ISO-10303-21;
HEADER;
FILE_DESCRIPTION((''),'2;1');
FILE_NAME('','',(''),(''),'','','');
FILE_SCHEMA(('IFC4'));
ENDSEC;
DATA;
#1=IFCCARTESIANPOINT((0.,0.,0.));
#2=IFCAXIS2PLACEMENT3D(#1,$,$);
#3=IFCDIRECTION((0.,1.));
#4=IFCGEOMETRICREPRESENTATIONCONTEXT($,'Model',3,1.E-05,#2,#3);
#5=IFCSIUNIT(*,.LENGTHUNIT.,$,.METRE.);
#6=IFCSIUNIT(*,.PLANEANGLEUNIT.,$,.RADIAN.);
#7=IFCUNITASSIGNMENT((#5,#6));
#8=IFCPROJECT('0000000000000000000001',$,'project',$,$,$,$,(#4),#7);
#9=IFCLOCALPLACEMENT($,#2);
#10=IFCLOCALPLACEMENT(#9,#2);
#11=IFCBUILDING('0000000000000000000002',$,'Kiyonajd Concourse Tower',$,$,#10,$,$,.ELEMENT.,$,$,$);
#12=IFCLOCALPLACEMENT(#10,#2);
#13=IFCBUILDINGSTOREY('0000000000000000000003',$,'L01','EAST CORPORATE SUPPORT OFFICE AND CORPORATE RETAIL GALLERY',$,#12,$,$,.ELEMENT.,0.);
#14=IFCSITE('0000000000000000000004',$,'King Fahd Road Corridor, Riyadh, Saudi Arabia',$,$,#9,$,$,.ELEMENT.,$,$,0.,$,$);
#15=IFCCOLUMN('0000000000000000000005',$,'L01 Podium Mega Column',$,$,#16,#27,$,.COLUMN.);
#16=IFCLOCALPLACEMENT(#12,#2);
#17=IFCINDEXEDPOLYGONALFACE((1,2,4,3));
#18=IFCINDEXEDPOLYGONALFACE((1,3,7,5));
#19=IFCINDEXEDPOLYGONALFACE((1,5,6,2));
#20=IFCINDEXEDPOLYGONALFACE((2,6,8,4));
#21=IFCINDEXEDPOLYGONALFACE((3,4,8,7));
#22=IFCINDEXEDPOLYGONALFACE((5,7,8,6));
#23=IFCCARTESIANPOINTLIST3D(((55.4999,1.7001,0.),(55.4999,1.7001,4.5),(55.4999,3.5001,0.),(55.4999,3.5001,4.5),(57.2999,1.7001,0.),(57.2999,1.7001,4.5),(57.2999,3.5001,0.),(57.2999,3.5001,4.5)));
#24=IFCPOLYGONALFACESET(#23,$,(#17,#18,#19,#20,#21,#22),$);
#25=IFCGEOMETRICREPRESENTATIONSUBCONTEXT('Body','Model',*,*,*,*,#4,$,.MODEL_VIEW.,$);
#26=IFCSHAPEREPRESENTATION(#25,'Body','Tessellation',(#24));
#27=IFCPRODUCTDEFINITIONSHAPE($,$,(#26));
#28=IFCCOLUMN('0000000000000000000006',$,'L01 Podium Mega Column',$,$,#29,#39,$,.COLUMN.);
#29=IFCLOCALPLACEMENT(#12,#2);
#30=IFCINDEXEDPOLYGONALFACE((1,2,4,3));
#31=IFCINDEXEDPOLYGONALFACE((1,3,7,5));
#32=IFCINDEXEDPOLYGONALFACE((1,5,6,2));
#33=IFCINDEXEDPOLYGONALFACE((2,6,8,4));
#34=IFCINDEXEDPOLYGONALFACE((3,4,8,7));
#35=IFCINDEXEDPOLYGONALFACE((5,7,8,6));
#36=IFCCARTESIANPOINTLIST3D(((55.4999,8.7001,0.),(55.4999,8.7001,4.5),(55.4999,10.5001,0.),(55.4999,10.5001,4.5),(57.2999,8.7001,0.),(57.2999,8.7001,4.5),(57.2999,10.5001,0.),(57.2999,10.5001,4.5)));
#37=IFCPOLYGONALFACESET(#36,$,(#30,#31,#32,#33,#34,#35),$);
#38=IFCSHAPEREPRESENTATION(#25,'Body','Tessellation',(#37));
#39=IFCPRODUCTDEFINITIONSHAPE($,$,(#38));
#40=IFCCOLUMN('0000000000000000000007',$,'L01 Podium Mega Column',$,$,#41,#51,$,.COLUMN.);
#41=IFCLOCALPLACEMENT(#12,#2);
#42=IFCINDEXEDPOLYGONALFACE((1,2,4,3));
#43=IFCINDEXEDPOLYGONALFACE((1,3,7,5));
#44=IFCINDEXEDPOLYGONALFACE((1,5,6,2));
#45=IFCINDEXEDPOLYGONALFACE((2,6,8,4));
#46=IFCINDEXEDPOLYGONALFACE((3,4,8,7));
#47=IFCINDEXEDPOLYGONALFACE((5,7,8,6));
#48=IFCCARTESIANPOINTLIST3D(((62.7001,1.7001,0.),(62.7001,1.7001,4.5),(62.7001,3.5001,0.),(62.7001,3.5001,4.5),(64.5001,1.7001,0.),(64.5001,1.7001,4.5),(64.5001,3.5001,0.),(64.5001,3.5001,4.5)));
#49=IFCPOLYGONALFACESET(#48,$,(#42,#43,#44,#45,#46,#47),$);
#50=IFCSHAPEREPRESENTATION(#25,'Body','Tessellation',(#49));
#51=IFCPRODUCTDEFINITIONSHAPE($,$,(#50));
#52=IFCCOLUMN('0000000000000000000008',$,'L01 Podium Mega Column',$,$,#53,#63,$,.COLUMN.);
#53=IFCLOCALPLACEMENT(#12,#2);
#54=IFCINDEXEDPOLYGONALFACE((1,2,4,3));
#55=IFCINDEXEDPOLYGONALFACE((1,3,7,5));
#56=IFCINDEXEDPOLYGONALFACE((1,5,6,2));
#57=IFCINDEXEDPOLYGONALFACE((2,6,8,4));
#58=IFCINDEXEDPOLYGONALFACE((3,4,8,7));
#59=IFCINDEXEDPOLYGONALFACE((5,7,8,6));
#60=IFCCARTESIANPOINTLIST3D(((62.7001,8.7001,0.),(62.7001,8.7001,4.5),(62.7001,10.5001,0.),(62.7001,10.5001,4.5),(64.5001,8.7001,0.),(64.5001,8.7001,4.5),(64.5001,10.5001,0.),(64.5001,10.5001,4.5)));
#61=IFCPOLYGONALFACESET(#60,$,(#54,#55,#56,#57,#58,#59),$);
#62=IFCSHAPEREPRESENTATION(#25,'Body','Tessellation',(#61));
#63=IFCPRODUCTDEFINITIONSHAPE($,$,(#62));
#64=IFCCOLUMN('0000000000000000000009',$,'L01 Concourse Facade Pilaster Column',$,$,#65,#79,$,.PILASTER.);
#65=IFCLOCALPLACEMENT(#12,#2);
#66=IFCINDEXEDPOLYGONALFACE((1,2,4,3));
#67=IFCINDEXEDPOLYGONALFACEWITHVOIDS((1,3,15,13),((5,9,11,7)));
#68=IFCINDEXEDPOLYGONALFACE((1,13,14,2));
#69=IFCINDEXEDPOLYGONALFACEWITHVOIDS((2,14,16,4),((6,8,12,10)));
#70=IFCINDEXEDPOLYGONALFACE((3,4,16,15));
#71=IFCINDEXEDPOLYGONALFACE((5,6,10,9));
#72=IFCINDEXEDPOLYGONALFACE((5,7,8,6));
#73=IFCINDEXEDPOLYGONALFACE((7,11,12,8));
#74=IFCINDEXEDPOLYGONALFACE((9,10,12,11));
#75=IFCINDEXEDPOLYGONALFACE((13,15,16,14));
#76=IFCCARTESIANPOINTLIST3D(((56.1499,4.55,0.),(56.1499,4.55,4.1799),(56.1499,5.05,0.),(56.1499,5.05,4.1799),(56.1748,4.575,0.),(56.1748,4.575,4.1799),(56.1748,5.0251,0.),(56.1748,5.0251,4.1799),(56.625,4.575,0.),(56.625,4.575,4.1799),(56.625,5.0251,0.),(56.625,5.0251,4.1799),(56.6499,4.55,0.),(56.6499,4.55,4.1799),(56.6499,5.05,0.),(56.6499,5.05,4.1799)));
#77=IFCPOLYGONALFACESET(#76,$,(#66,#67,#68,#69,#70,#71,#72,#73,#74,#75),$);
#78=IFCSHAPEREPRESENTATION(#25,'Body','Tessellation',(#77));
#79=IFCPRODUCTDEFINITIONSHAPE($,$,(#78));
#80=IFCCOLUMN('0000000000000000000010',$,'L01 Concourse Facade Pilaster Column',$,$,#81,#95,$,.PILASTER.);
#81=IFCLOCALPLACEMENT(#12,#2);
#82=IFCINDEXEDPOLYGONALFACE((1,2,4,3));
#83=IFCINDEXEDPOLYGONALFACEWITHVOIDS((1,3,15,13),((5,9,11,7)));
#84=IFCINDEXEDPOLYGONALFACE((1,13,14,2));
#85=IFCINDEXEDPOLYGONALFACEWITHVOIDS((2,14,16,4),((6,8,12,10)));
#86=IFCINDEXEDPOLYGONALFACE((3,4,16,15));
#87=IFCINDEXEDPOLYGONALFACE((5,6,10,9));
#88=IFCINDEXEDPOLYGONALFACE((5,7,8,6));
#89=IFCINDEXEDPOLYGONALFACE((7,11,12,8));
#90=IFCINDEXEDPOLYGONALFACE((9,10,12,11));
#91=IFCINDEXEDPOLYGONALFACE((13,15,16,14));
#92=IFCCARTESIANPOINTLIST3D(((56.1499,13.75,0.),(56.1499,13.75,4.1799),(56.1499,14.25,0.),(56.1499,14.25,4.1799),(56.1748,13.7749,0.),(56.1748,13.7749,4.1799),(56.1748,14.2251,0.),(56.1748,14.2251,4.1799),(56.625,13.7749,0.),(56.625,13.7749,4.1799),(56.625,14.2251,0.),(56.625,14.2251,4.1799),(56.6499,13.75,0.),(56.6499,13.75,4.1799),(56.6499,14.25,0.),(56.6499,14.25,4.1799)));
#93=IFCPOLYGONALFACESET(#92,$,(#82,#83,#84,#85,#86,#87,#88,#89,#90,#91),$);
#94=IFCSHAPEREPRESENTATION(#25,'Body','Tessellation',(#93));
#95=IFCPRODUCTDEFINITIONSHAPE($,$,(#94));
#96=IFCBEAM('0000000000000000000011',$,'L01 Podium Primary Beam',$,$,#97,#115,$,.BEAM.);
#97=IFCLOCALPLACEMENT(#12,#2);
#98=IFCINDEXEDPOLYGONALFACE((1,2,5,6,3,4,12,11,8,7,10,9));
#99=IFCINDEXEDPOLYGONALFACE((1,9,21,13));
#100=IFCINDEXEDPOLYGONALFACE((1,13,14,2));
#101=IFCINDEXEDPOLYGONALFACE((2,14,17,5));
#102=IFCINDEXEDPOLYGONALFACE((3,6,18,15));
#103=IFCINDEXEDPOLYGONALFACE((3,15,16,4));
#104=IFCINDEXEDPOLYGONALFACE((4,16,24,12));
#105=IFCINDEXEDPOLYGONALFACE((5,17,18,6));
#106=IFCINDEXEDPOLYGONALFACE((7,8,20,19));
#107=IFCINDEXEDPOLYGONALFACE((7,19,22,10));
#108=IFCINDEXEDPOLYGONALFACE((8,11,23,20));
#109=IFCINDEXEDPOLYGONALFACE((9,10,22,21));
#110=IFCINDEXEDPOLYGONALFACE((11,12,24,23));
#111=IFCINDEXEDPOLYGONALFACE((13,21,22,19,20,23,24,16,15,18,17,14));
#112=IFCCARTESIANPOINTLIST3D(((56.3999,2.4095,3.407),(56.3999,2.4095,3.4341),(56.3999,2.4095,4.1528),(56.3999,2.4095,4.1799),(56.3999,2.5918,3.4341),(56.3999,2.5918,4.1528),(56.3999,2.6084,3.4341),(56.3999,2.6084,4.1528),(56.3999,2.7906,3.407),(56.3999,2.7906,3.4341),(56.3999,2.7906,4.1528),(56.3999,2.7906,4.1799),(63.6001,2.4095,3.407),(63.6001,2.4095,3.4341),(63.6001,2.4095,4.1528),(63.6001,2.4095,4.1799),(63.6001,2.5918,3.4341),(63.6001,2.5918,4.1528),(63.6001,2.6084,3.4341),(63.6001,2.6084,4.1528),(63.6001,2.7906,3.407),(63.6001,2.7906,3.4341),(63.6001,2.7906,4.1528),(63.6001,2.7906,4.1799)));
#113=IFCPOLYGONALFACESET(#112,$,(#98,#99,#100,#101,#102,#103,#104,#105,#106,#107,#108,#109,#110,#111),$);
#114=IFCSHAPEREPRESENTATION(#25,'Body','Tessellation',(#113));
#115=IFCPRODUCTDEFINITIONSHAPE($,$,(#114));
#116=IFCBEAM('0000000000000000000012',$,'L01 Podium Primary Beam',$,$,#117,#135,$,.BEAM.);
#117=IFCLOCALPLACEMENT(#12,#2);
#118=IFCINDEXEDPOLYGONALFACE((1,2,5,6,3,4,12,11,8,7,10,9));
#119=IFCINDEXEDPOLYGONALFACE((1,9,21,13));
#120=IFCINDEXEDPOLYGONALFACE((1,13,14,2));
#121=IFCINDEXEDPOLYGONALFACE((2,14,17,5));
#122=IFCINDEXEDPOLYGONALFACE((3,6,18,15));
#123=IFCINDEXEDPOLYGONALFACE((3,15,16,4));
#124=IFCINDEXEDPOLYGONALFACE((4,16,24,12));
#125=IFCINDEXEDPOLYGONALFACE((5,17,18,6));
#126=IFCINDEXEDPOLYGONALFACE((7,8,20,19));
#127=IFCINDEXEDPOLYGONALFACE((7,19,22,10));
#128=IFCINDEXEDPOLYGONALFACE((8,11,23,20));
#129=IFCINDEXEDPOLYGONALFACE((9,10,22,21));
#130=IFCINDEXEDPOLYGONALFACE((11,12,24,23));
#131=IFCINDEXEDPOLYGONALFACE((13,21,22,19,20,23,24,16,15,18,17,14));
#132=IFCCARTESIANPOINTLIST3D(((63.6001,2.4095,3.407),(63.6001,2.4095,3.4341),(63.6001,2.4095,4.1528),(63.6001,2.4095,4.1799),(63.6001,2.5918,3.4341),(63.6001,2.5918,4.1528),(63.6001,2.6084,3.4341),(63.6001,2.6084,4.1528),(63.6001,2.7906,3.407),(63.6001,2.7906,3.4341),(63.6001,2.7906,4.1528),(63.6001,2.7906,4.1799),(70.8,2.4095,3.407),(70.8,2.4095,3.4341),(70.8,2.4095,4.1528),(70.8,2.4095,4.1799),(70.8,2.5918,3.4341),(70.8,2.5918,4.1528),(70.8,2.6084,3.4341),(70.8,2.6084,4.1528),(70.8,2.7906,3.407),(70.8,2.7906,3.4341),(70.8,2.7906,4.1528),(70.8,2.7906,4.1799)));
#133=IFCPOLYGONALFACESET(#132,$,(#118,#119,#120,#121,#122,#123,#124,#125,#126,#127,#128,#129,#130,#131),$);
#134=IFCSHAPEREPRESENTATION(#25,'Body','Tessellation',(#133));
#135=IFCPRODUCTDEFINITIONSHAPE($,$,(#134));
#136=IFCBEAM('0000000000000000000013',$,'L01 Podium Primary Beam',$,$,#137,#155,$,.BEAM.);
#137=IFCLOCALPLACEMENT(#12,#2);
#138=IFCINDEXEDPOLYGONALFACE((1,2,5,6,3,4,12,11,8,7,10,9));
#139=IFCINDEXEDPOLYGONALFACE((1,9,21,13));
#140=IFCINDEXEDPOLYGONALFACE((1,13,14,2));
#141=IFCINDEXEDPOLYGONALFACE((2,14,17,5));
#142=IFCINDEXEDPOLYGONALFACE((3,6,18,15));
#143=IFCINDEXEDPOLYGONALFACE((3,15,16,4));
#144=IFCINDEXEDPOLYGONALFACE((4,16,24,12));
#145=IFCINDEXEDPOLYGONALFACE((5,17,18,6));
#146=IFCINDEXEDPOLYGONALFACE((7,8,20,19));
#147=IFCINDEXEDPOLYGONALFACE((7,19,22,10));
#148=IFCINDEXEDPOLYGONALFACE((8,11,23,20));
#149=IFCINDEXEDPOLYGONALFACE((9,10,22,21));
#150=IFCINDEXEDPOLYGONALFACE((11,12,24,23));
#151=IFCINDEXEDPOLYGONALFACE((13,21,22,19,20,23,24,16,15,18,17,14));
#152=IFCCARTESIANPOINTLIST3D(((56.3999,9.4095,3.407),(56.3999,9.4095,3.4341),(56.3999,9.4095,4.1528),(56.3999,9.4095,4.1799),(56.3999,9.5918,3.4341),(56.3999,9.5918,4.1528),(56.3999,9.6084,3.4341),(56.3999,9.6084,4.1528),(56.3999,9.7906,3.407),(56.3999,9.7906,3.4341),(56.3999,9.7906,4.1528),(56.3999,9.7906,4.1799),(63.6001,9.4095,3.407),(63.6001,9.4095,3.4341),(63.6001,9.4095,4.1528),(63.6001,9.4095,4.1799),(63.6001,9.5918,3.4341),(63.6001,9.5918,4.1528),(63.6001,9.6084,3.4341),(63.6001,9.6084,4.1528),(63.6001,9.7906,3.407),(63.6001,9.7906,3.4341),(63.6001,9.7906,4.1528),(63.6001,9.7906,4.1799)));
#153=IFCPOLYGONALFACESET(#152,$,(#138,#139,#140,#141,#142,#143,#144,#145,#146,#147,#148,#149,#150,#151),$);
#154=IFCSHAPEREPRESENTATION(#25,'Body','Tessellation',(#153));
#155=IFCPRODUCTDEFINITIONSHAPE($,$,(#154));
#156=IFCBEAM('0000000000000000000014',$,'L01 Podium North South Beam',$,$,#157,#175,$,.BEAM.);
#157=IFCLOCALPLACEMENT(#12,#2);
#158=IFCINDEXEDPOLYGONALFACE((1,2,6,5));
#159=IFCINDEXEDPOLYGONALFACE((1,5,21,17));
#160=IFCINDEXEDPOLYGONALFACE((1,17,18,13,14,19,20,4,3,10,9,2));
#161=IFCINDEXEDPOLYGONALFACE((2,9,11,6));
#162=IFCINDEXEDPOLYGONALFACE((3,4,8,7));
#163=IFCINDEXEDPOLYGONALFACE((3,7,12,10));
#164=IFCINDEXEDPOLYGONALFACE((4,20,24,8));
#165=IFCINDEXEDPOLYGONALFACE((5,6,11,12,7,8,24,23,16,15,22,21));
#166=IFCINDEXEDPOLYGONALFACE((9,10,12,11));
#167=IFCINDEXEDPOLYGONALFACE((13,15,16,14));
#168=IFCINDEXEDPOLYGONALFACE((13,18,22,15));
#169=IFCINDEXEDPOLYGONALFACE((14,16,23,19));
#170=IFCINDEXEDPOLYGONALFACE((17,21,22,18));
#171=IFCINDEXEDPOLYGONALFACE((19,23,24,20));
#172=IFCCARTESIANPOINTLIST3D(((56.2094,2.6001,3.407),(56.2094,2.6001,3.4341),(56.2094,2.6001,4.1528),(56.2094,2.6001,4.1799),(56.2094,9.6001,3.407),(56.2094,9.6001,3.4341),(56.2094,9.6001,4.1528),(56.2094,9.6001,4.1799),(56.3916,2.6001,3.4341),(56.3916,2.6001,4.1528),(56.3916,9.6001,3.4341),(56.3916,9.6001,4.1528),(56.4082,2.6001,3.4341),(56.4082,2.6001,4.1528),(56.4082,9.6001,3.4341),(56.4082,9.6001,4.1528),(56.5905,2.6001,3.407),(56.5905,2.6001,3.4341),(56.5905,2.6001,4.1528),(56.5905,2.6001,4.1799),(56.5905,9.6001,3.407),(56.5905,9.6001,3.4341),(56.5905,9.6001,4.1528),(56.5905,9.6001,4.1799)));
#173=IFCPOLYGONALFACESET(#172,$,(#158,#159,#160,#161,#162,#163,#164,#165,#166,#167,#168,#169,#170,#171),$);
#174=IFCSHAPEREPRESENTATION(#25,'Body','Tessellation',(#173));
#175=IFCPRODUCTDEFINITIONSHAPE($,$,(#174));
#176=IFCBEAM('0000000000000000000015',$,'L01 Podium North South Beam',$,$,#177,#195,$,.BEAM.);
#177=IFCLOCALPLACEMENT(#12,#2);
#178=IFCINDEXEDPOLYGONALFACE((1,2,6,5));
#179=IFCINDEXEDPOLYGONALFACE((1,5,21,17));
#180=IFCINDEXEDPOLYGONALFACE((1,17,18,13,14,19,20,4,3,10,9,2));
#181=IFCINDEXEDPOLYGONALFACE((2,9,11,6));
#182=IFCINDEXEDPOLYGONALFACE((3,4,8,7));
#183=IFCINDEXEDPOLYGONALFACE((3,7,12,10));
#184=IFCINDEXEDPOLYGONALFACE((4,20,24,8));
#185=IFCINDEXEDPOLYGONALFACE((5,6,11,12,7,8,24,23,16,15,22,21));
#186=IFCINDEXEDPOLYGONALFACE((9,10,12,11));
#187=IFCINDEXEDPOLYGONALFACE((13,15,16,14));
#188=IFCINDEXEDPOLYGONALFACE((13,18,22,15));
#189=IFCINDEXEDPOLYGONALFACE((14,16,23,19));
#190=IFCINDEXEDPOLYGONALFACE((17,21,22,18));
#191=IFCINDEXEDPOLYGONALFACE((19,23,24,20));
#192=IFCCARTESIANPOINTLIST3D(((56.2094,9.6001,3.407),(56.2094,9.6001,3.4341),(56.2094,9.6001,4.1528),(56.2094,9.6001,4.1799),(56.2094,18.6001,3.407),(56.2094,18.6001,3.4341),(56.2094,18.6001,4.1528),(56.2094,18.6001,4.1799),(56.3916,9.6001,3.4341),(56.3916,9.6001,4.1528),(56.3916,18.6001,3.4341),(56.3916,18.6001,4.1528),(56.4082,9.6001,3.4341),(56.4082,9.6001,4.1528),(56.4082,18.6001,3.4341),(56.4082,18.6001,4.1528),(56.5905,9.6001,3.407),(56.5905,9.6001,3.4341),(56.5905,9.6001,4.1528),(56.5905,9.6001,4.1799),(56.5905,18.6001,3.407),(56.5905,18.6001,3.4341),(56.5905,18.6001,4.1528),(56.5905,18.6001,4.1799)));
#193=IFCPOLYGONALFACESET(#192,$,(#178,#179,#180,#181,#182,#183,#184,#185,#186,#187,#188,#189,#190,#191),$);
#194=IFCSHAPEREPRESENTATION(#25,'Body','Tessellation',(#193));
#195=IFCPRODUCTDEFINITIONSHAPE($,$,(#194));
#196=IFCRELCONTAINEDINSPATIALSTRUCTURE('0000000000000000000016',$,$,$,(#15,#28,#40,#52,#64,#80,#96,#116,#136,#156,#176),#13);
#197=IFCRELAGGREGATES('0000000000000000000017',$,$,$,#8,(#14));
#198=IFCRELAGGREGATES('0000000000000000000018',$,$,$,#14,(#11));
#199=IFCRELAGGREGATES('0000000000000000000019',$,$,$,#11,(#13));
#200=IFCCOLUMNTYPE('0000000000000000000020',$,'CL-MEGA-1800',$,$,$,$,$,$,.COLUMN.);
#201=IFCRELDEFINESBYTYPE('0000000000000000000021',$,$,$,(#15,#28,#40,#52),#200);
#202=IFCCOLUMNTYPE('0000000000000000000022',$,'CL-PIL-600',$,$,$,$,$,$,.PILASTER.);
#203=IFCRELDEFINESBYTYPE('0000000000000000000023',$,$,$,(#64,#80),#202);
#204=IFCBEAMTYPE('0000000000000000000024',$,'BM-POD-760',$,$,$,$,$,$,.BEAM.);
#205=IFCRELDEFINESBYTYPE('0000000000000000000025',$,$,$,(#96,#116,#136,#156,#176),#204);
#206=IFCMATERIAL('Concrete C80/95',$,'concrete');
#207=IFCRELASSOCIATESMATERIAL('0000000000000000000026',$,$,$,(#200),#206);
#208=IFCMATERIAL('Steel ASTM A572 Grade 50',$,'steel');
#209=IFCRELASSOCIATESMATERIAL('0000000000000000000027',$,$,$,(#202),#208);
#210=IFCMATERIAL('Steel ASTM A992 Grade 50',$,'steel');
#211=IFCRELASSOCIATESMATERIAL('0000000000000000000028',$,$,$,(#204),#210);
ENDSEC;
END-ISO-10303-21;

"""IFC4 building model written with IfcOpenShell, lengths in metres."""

from ifc_helpers import new_model, si_unit, direction, frame, origin, origin_2d, place, context, subcontext, project, spatial, rectangle, hollow_rectangle, i_section, extrude, material, material_profile, profile_set, type_object, element, save


model = new_model("IFC4")

# Units and contexts
model_context = context("Model", 3, precision=1e-05, world=origin(), true_north=direction((0.0, 1.0)))
body_context = subcontext(model_context, "Body", "Model", "MODEL_VIEW")
ifc_project = project(units=[si_unit("LENGTHUNIT", "METRE"), si_unit("PLANEANGLEUNIT", "RADIAN")], contexts=[model_context])

# Site, building, storey
site_placement = place(None, origin())
site = spatial("IfcSite", under=ifc_project, at=site_placement, Name="King Fahd Road Corridor, Riyadh, Saudi Arabia", CompositionType="ELEMENT", RefElevation=0.0)
building_placement = place(site_placement, origin())
building = spatial("IfcBuilding", under=site, at=building_placement, Name="Kiyonajd Concourse Tower", CompositionType="ELEMENT")
storey_placement = place(building_placement, origin())
storey = spatial("IfcBuildingStorey", under=building, at=storey_placement, Name="L01", Description="EAST CORPORATE SUPPORT OFFICE AND CORPORATE RETAIL GALLERY", CompositionType="ELEMENT", Elevation=0.0)

# Columns
ifc_material_1 = material(Name="Concrete C80/95", Category="concrete")
ifc_material_profile_1 = material_profile(ifc_material_1, rectangle(XDim=1.8, YDim=1.8, at=origin_2d()), Name="RC-1800x1800")
ifc_profile_set_1 = profile_set([ifc_material_profile_1], Name="Concrete C80/95")
column_type_1 = type_object("IfcColumnType", Name="CL-MEGA-1800", PredefinedType="COLUMN", material=ifc_profile_set_1)
for number, where, z_axis, x_axis, name in (
    (1, (56.3999, 2.6001, 0.0), (0.0, 0.0, 1.0), (1.0, 0.0, 0.0), "L01 Podium Mega Column"),
    (2, (56.3999, 9.6001, 0.0), (0.0, 0.0, 1.0), (1.0, 0.0, 0.0), "L01 Podium Mega Column"),
    (3, (63.6001, 2.6001, 0.0), (0.0, 0.0, 1.0), (1.0, 0.0, 0.0), "L01 Podium Mega Column"),
    (4, (63.6001, 9.6001, 0.0), (0.0, 0.0, 1.0), (1.0, 0.0, 0.0), "L01 Podium Mega Column"),
):
    element("IfcColumn", number, at=place(storey_placement, frame(where, z_axis=z_axis, x_axis=x_axis)), inside=storey, type_object=column_type_1, Name=name, PredefinedType="COLUMN", context=body_context, shape_type="SweptSolid", body=[
        extrude(rectangle(XDim=1.8, YDim=1.8, at=origin_2d()), origin(), (0.0, 0.0, 1.0), 4.5),
    ])
ifc_material_2 = material(Name="Steel ASTM A572 Grade 50", Category="steel")
ifc_material_profile_2 = material_profile(ifc_material_2, hollow_rectangle(XDim=0.5, YDim=0.5, WallThickness=0.0249, at=origin_2d()), Name="HSS-500x500x25")
ifc_profile_set_2 = profile_set([ifc_material_profile_2], Name="Steel ASTM A572 Grade 50")
column_type_2 = type_object("IfcColumnType", Name="CL-PIL-600", PredefinedType="PILASTER", material=ifc_profile_set_2)
for number, where, z_axis, x_axis, name in (
    (5, (56.3999, 4.8, 0.0), (0.0, 0.0, 1.0), (1.0, 0.0, 0.0), "L01 Concourse Facade Pilaster Column"),
    (6, (56.3999, 14.0, 0.0), (0.0, 0.0, 1.0), (1.0, 0.0, 0.0), "L01 Concourse Facade Pilaster Column"),
):
    element("IfcColumn", number, at=place(storey_placement, frame(where, z_axis=z_axis, x_axis=x_axis)), inside=storey, type_object=column_type_2, Name=name, PredefinedType="PILASTER", context=body_context, shape_type="SweptSolid", body=[
        extrude(hollow_rectangle(XDim=0.5, YDim=0.5, WallThickness=0.0249, at=origin_2d()), origin(), (0.0, 0.0, 1.0), 4.1799),
    ])

# Beams
ifc_material_3 = material(Name="Steel ASTM A992 Grade 50", Category="steel")
ifc_material_profile_3 = material_profile(ifc_material_3, i_section(OverallWidth=0.3811, OverallDepth=0.7729, WebThickness=0.0166, FlangeThickness=0.0271, at=origin_2d()), Name="W760X257")
ifc_profile_set_3 = profile_set([ifc_material_profile_3], Name="Steel ASTM A992 Grade 50")
beam_type = type_object("IfcBeamType", Name="BM-POD-760", PredefinedType="BEAM", material=ifc_profile_set_3)
beam_1_placement = place(storey_placement, frame((56.3999, 2.6001, 3.7935), z_axis=(1.0, 0.0, 0.0), x_axis=(0.0, 1.0, 0.0)))
element("IfcBeam", 7, at=beam_1_placement, inside=storey, type_object=beam_type, Name="L01 Podium Primary Beam", PredefinedType="BEAM", context=body_context, shape_type="SweptSolid", body=[
    extrude(i_section(OverallWidth=0.3811, OverallDepth=0.7729, WebThickness=0.0166, FlangeThickness=0.0271, at=origin_2d()), origin(), (0.0, 0.0, 1.0), 7.2002),
])
beam_2_placement = place(storey_placement, frame((63.6001, 2.6001, 3.7935), z_axis=(1.0, 0.0, 0.0), x_axis=(0.0, 1.0, 0.0)))
element("IfcBeam", 8, at=beam_2_placement, inside=storey, type_object=beam_type, Name="L01 Podium Primary Beam", PredefinedType="BEAM", context=body_context, shape_type="SweptSolid", body=[
    extrude(i_section(OverallWidth=0.3811, OverallDepth=0.7729, WebThickness=0.0166, FlangeThickness=0.0271, at=origin_2d()), origin(), (0.0, 0.0, 1.0), 7.2),
])
beam_3_placement = place(storey_placement, frame((56.3999, 9.6001, 3.7935), z_axis=(1.0, 0.0, 0.0), x_axis=(0.0, 1.0, 0.0)))
element("IfcBeam", 9, at=beam_3_placement, inside=storey, type_object=beam_type, Name="L01 Podium Primary Beam", PredefinedType="BEAM", context=body_context, shape_type="SweptSolid", body=[
    extrude(i_section(OverallWidth=0.3811, OverallDepth=0.7729, WebThickness=0.0166, FlangeThickness=0.0271, at=origin_2d()), origin(), (0.0, 0.0, 1.0), 7.2002),
])
beam_4_placement = place(storey_placement, frame((56.3999, 2.6001, 3.7935), z_axis=(0.0, 1.0, 0.0), x_axis=(-1.0, 0.0, 0.0)))
element("IfcBeam", 10, at=beam_4_placement, inside=storey, type_object=beam_type, Name="L01 Podium North South Beam", PredefinedType="BEAM", context=body_context, shape_type="SweptSolid", body=[
    extrude(i_section(OverallWidth=0.3811, OverallDepth=0.7729, WebThickness=0.0166, FlangeThickness=0.0271, at=origin_2d()), origin(), (0.0, 0.0, 1.0), 7.0),
])
beam_5_placement = place(storey_placement, frame((56.3999, 9.6001, 3.7935), z_axis=(0.0, 1.0, 0.0), x_axis=(-1.0, 0.0, 0.0)))
element("IfcBeam", 11, at=beam_5_placement, inside=storey, type_object=beam_type, Name="L01 Podium North South Beam", PredefinedType="BEAM", context=body_context, shape_type="SweptSolid", body=[
    extrude(i_section(OverallWidth=0.3811, OverallDepth=0.7729, WebThickness=0.0166, FlangeThickness=0.0271, at=origin_2d()), origin(), (0.0, 0.0, 1.0), 9.0),
])

save(model, "model.ifc")
